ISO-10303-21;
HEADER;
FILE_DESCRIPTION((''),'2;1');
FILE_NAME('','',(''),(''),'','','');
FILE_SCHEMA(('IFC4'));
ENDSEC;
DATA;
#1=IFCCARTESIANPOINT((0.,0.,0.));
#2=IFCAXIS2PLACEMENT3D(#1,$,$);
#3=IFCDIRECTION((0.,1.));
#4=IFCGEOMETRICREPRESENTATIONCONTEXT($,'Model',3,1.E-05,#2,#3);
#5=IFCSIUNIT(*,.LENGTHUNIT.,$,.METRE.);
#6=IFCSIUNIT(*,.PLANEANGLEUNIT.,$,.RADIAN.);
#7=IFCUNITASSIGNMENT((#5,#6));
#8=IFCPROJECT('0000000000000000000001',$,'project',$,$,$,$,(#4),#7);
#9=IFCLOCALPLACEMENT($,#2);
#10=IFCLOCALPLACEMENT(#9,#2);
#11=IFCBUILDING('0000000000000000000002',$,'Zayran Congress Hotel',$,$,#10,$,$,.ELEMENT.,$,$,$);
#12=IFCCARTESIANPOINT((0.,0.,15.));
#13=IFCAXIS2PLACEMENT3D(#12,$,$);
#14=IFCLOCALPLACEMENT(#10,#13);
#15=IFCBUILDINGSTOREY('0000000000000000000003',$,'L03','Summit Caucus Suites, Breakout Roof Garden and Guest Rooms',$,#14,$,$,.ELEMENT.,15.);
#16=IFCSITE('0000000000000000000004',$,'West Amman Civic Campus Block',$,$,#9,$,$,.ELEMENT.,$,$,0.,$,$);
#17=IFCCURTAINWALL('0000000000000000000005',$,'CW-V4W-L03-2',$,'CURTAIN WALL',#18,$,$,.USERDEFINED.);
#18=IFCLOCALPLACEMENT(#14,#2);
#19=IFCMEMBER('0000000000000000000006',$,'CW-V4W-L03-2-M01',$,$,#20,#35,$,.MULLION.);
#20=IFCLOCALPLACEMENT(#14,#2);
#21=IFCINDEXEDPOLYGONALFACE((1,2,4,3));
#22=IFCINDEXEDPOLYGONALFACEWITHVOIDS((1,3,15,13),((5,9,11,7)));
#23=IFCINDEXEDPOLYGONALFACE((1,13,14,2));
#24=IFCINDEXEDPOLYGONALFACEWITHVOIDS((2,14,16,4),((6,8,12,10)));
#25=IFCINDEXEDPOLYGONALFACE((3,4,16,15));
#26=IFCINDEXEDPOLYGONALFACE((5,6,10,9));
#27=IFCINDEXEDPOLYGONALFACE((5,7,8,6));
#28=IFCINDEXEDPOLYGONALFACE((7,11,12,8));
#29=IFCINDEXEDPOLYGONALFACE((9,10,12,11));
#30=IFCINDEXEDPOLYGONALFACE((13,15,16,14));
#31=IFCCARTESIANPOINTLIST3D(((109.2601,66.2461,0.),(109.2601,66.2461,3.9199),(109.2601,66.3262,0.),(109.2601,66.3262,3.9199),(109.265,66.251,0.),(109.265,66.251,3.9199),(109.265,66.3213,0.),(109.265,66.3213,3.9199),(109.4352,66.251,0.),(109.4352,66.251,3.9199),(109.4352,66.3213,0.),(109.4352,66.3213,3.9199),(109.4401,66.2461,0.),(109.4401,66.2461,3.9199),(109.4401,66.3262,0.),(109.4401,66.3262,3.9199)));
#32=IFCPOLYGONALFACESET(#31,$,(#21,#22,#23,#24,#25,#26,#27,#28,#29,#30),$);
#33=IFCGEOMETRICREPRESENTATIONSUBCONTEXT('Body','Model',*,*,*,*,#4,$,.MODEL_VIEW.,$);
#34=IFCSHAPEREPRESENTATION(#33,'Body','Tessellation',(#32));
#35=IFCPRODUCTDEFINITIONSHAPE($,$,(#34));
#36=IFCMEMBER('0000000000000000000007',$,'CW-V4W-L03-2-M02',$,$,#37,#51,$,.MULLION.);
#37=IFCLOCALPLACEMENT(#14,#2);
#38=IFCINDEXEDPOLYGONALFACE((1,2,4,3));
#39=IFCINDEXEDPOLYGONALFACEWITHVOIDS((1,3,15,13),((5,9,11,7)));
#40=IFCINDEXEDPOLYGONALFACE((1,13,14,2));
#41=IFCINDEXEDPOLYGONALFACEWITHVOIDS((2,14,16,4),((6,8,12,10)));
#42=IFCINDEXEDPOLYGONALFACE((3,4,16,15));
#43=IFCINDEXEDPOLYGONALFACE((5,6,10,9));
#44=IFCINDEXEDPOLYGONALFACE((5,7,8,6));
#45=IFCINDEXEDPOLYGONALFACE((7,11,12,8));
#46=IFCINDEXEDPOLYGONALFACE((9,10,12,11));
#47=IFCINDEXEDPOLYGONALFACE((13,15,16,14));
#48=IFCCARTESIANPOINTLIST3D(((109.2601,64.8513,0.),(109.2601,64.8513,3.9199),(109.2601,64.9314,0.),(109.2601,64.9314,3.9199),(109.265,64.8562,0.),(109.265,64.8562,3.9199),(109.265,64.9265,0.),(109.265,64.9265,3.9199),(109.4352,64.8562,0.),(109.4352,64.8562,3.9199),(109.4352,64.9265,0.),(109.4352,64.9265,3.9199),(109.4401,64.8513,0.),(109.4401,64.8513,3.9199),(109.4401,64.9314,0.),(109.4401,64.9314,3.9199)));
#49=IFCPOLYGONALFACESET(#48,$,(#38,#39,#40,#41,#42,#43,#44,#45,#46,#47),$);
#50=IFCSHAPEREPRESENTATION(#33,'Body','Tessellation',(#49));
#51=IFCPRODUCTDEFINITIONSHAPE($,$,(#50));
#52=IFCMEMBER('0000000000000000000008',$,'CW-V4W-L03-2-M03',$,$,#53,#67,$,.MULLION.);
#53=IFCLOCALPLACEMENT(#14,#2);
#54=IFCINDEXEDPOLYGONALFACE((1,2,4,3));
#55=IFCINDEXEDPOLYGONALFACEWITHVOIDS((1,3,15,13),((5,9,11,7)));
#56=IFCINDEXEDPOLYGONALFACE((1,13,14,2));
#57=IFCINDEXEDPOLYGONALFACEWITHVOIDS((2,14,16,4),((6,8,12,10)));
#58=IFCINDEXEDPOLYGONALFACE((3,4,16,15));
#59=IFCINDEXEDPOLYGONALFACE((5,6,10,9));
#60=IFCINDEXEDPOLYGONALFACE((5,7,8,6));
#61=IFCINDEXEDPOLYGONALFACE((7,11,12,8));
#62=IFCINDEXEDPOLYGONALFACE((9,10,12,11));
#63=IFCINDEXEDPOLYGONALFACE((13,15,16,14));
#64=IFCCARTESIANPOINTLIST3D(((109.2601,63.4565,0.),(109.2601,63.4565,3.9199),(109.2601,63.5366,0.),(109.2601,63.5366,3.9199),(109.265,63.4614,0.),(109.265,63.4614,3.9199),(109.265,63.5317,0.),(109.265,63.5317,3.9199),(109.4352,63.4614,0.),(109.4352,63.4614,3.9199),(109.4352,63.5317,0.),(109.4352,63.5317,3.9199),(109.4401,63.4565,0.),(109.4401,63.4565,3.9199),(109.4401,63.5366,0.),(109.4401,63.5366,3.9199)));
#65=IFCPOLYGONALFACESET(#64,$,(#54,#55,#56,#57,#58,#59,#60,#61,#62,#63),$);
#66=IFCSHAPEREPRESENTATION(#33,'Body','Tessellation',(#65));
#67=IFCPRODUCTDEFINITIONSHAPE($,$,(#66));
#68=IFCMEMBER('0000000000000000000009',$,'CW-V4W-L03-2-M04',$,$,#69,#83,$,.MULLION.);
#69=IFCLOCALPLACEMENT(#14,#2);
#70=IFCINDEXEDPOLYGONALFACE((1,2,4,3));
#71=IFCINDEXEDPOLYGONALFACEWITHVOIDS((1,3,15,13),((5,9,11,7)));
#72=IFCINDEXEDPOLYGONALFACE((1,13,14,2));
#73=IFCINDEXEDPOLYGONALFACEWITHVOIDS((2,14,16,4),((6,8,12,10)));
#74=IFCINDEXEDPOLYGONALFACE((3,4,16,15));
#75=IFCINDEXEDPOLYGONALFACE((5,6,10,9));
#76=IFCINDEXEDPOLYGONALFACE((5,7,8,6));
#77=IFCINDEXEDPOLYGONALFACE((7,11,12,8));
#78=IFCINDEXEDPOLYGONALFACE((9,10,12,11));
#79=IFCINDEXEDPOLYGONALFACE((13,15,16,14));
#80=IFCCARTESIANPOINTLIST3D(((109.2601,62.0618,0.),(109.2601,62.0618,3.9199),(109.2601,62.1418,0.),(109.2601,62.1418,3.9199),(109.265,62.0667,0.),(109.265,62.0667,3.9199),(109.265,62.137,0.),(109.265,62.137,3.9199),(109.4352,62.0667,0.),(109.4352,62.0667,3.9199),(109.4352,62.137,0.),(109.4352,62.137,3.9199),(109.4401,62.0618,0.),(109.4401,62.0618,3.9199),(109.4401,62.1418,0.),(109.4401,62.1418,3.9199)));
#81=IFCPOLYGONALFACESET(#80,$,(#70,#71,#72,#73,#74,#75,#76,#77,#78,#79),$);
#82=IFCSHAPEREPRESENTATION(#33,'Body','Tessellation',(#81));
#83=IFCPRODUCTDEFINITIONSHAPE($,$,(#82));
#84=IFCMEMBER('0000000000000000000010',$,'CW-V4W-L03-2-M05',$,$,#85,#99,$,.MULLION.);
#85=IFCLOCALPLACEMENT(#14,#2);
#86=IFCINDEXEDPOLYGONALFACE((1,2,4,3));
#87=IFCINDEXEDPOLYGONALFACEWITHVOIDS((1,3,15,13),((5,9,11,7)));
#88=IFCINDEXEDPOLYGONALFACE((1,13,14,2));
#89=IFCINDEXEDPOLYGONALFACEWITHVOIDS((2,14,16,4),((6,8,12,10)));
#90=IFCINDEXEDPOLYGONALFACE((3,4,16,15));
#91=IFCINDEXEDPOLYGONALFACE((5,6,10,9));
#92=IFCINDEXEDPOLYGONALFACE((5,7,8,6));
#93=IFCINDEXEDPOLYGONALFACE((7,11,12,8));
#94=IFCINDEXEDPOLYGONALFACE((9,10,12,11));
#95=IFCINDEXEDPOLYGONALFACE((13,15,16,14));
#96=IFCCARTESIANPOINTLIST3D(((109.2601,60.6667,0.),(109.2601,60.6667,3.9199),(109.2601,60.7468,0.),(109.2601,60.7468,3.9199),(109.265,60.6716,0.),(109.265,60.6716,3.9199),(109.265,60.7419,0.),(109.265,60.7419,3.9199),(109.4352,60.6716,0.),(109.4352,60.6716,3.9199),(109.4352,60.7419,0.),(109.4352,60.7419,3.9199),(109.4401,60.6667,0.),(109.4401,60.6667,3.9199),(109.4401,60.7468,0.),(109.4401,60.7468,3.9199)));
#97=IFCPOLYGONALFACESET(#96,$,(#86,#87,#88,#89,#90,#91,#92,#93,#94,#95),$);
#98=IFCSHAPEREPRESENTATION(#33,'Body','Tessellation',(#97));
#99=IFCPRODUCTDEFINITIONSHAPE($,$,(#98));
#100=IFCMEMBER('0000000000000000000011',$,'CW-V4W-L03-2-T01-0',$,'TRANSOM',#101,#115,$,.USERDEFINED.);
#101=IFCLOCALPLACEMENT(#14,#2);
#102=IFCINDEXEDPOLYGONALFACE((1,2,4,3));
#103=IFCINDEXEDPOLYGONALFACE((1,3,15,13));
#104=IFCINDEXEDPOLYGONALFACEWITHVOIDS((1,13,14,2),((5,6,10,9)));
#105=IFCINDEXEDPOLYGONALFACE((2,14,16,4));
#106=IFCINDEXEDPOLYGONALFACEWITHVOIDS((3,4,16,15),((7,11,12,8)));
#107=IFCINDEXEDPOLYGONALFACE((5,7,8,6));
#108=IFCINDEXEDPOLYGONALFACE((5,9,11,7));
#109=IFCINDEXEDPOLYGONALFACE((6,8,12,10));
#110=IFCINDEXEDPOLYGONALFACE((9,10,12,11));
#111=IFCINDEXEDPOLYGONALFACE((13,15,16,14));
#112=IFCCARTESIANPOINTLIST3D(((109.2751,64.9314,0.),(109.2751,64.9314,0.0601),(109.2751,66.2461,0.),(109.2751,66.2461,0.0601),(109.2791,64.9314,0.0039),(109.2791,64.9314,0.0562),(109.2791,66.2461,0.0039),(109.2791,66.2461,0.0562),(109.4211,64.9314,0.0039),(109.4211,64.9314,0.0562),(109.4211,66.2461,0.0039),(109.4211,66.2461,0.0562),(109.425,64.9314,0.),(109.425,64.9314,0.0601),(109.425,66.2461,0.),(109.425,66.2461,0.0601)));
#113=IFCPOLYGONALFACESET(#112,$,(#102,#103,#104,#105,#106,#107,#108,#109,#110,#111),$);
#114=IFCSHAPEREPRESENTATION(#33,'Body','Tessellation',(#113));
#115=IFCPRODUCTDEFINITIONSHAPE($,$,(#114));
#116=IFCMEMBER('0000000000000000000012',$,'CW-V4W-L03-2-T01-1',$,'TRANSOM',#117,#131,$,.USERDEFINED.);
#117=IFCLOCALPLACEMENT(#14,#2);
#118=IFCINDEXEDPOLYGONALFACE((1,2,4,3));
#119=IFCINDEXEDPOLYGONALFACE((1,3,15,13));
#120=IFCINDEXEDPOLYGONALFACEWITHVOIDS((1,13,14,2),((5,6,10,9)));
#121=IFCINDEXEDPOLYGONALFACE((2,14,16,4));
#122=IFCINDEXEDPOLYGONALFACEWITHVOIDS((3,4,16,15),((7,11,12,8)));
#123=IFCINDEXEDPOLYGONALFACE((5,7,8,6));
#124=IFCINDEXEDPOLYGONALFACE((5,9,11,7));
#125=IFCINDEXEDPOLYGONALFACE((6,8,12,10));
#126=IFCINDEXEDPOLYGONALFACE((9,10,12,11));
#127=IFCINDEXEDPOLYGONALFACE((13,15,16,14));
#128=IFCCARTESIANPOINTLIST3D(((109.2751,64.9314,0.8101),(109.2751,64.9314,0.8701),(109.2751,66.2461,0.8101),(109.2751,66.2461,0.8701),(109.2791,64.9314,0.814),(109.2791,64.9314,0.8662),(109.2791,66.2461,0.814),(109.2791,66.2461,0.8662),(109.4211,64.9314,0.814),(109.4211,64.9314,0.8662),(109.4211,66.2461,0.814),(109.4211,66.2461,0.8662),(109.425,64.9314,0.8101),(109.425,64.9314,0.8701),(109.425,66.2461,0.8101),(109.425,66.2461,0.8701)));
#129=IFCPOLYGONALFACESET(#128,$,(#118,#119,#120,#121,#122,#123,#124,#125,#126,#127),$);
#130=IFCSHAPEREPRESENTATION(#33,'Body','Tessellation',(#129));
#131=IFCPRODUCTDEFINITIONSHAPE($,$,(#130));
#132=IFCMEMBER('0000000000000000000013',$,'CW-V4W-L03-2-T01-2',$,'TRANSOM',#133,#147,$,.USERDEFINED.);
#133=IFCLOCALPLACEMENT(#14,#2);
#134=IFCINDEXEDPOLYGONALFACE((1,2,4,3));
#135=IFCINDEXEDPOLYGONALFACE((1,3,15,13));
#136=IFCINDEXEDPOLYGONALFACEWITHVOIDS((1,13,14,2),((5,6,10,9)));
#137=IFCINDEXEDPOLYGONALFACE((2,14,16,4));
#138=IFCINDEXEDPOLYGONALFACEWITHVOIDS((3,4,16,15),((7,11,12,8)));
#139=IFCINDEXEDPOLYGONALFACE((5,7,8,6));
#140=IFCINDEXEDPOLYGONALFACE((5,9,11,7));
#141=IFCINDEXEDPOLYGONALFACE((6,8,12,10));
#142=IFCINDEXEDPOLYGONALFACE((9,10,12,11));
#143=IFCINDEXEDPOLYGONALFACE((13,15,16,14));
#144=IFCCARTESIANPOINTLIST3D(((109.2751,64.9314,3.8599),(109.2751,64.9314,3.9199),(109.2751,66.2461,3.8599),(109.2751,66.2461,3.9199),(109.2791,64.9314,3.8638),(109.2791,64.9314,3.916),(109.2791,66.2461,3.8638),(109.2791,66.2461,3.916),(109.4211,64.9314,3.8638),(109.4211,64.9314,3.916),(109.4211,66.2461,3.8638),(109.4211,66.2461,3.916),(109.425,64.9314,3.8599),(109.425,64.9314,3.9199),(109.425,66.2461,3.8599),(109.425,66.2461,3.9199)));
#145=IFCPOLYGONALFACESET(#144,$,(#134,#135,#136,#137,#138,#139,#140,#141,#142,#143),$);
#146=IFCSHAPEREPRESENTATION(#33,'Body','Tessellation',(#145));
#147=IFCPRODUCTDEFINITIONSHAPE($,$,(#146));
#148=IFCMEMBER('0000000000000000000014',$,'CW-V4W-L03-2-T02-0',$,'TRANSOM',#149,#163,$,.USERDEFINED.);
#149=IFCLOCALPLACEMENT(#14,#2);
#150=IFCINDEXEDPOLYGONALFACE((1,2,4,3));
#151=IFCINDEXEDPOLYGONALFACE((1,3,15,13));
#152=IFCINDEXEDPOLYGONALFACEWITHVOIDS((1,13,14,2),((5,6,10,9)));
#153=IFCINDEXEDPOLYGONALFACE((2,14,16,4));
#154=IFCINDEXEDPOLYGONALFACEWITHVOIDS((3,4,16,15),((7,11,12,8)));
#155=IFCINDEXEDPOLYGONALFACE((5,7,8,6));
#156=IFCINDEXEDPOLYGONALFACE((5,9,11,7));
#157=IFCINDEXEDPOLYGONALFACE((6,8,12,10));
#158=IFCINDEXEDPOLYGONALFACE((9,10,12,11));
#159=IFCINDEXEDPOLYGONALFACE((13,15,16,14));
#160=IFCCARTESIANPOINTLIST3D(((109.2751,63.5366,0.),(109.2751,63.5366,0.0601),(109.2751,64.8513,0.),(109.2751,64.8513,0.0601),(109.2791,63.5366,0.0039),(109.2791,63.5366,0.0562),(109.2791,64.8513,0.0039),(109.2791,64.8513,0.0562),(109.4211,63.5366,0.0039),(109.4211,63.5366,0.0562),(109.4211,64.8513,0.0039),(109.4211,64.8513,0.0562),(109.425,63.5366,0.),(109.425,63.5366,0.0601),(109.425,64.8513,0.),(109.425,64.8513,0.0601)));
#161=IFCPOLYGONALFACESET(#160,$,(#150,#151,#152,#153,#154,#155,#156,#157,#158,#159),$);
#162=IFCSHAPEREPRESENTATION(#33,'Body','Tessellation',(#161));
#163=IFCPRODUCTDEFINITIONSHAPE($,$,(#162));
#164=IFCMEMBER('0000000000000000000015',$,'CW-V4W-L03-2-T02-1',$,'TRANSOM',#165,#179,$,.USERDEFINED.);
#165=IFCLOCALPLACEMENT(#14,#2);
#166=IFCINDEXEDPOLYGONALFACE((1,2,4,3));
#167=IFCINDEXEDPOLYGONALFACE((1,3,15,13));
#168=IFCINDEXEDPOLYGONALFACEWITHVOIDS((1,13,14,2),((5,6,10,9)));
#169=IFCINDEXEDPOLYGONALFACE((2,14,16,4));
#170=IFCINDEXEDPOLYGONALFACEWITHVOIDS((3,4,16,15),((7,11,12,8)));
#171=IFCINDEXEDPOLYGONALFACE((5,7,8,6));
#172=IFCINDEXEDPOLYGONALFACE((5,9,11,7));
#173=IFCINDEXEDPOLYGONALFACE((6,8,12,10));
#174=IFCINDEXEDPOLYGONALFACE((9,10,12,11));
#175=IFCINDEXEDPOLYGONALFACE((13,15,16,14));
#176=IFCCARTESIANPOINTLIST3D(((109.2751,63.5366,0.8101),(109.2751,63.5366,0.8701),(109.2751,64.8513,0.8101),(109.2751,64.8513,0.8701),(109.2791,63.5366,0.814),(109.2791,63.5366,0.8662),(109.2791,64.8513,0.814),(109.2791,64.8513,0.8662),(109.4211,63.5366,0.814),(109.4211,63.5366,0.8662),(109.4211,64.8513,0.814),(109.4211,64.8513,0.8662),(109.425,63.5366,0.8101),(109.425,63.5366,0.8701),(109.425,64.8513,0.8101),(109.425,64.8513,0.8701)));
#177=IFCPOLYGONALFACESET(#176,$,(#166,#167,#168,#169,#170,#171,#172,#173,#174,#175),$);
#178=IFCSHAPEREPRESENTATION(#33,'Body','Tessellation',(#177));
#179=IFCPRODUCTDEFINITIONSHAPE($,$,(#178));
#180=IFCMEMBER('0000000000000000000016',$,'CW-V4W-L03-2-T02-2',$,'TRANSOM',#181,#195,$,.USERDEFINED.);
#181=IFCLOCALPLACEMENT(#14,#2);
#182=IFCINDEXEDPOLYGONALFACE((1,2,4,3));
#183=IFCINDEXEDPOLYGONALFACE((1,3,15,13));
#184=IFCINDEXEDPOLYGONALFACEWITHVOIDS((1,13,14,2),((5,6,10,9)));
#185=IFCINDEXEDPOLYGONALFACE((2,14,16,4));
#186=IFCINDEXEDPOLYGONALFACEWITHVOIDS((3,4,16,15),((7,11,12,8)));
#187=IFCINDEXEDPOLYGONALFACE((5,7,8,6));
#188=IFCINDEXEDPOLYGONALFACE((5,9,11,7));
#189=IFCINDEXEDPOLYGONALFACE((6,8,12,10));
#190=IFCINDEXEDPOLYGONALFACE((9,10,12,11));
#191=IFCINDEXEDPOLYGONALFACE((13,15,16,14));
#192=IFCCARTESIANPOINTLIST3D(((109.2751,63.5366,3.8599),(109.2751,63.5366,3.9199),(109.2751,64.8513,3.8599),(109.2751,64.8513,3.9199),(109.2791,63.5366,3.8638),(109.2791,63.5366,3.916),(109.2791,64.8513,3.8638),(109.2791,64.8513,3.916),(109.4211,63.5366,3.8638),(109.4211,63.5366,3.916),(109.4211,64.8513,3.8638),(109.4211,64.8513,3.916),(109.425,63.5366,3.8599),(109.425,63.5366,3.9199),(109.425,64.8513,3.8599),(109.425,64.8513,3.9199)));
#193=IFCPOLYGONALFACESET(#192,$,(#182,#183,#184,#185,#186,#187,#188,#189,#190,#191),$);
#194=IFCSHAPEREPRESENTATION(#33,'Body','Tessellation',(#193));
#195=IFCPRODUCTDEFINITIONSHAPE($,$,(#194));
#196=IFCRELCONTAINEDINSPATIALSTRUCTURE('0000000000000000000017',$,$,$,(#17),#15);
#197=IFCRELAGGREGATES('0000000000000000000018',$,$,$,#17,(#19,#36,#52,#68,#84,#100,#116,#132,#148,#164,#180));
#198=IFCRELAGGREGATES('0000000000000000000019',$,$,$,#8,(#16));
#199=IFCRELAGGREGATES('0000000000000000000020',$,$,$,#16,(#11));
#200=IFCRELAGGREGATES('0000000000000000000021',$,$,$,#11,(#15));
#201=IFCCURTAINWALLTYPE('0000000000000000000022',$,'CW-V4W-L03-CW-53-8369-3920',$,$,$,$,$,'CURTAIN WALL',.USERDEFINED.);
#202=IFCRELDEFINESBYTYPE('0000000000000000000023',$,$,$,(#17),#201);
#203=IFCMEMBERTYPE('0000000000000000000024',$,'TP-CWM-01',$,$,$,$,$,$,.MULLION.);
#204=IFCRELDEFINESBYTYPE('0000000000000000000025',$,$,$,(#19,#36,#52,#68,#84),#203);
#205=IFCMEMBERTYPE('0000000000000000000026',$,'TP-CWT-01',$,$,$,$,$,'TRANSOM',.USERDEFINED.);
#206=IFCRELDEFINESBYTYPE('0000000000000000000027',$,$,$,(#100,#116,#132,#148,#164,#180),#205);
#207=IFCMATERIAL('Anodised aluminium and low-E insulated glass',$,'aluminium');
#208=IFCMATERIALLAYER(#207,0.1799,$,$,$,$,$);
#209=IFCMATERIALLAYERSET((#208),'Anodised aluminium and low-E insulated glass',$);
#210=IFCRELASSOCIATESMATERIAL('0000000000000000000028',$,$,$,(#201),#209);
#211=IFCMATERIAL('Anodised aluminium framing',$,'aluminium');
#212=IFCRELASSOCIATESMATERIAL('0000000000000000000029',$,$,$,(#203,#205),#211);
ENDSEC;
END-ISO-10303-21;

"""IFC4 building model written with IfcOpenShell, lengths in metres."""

from ifc_helpers import new_model, si_unit, direction, frame, origin, origin_2d, place, context, subcontext, project, spatial, hollow_rectangle, extrude, material, layer, layer_set, material_profile, profile_set, type_object, element, aggregate, save


model = new_model("IFC4")

# Units and contexts
model_context = context("Model", 3, precision=1e-05, world=origin(), true_north=direction((0.0, 1.0)))
body_context = subcontext(model_context, "Body", "Model", "MODEL_VIEW")
ifc_project = project(units=[si_unit("LENGTHUNIT", "METRE"), si_unit("PLANEANGLEUNIT", "RADIAN")], contexts=[model_context])

# Site, building, storey
site_placement = place(None, origin())
site = spatial("IfcSite", under=ifc_project, at=site_placement, Name="West Amman Civic Campus Block", CompositionType="ELEMENT", RefElevation=0.0)
building_placement = place(site_placement, origin())
building = spatial("IfcBuilding", under=site, at=building_placement, Name="Zayran Congress Hotel", CompositionType="ELEMENT")
storey_placement = place(building_placement, frame((0.0, 0.0, 15.0)))
storey = spatial("IfcBuildingStorey", under=building, at=storey_placement, Name="L03", Description="Summit Caucus Suites, Breakout Roof Garden and Guest Rooms", CompositionType="ELEMENT", Elevation=15.0)

# Curtain wall, members
ifc_material_1 = material(Name="Anodised aluminium and low-E insulated glass", Category="aluminium")
ifc_layer_1 = layer(ifc_material_1, 0.1799)
ifc_layer_set_1 = layer_set([ifc_layer_1], Name="Anodised aluminium and low-E insulated glass")
curtain_wall_type = type_object("IfcCurtainWallType", Name="CW-V4W-L03-CW-53-8369-3920", ElementType="CURTAIN WALL", PredefinedType="USERDEFINED", material=ifc_layer_set_1)
curtain_wall_placement = place(storey_placement, origin())
curtain_wall = element("IfcCurtainWall", 1, at=curtain_wall_placement, inside=storey, type_object=curtain_wall_type, Name="CW-V4W-L03-2", ObjectType="CURTAIN WALL", PredefinedType="USERDEFINED")
ifc_material_2 = material(Name="Anodised aluminium framing", Category="aluminium")
ifc_material_profile_1 = material_profile(ifc_material_2, hollow_rectangle(XDim=0.0801, YDim=0.1799, WallThickness=0.0049, at=origin_2d()), Name="RHS 180x80x5")
ifc_profile_set_1 = profile_set([ifc_material_profile_1], Name="Anodised aluminium framing")
member_type_1 = type_object("IfcMemberType", Name="TP-CWM-01", PredefinedType="MULLION", material=ifc_profile_set_1)
member_1_placement = place(storey_placement, frame((109.3501, 66.2861, 0.0), z_axis=(0.0, 0.0, 1.0), x_axis=(0.0, 1.0, 0.0)))
member_1 = element("IfcMember", 2, at=member_1_placement, type_object=member_type_1, Name="CW-V4W-L03-2-M01", PredefinedType="MULLION", context=body_context, shape_type="SweptSolid", body=[
    extrude(hollow_rectangle(XDim=0.0801, YDim=0.1799, WallThickness=0.0049, at=origin_2d()), origin(), (0.0, 0.0, 1.0), 3.9199),
])
member_2_placement = place(storey_placement, frame((109.3501, 64.8914, 0.0), z_axis=(0.0, 0.0, 1.0), x_axis=(0.0, 1.0, 0.0)))
member_2 = element("IfcMember", 3, at=member_2_placement, type_object=member_type_1, Name="CW-V4W-L03-2-M02", PredefinedType="MULLION", context=body_context, shape_type="SweptSolid", body=[
    extrude(hollow_rectangle(XDim=0.0801, YDim=0.1799, WallThickness=0.0049, at=origin_2d()), origin(), (0.0, 0.0, 1.0), 3.9199),
])
member_3_placement = place(storey_placement, frame((109.3501, 63.4966, 0.0), z_axis=(0.0, 0.0, 1.0), x_axis=(0.0, 1.0, 0.0)))
member_3 = element("IfcMember", 4, at=member_3_placement, type_object=member_type_1, Name="CW-V4W-L03-2-M03", PredefinedType="MULLION", context=body_context, shape_type="SweptSolid", body=[
    extrude(hollow_rectangle(XDim=0.0801, YDim=0.1799, WallThickness=0.0049, at=origin_2d()), origin(), (0.0, 0.0, 1.0), 3.9199),
])
member_4_placement = place(storey_placement, frame((109.3501, 62.1018, 0.0), z_axis=(0.0, 0.0, 1.0), x_axis=(0.0, 1.0, 0.0)))
member_4 = element("IfcMember", 5, at=member_4_placement, type_object=member_type_1, Name="CW-V4W-L03-2-M04", PredefinedType="MULLION", context=body_context, shape_type="SweptSolid", body=[
    extrude(hollow_rectangle(XDim=0.0801, YDim=0.1799, WallThickness=0.0049, at=origin_2d()), origin(), (0.0, 0.0, 1.0), 3.9199),
])
member_5_placement = place(storey_placement, frame((109.3501, 60.7068, 0.0), z_axis=(0.0, 0.0, 1.0), x_axis=(0.0, 1.0, 0.0)))
member_5 = element("IfcMember", 6, at=member_5_placement, type_object=member_type_1, Name="CW-V4W-L03-2-M05", PredefinedType="MULLION", context=body_context, shape_type="SweptSolid", body=[
    extrude(hollow_rectangle(XDim=0.0801, YDim=0.1799, WallThickness=0.0049, at=origin_2d()), origin(), (0.0, 0.0, 1.0), 3.9199),
])
ifc_material_profile_2 = material_profile(ifc_material_2, hollow_rectangle(XDim=0.0601, YDim=0.1499, WallThickness=0.0039, at=origin_2d()), Name="RHS 150x60x4")
ifc_profile_set_2 = profile_set([ifc_material_profile_2], Name="Anodised aluminium framing")
member_type_2 = type_object("IfcMemberType", Name="TP-CWT-01", ElementType="TRANSOM", PredefinedType="USERDEFINED", material=ifc_profile_set_2)
member_6_placement = place(storey_placement, frame((109.3501, 66.2461, 0.03), z_axis=(0.0, -1.0, 0.0), x_axis=(0.0, 0.0, 1.0)))
member_6 = element("IfcMember", 7, at=member_6_placement, type_object=member_type_2, Name="CW-V4W-L03-2-T01-0", ObjectType="TRANSOM", PredefinedType="USERDEFINED", context=body_context, shape_type="SweptSolid", body=[
    extrude(hollow_rectangle(XDim=0.0601, YDim=0.1499, WallThickness=0.0039, at=origin_2d()), origin(), (0.0, 0.0, 1.0), 1.3147),
])
member_7_placement = place(storey_placement, frame((109.3501, 66.2461, 0.8401), z_axis=(0.0, -1.0, 0.0), x_axis=(0.0, 0.0, 1.0)))
member_7 = element("IfcMember", 8, at=member_7_placement, type_object=member_type_2, Name="CW-V4W-L03-2-T01-1", ObjectType="TRANSOM", PredefinedType="USERDEFINED", context=body_context, shape_type="SweptSolid", body=[
    extrude(hollow_rectangle(XDim=0.0601, YDim=0.1499, WallThickness=0.0039, at=origin_2d()), origin(), (0.0, 0.0, 1.0), 1.3147),
])
member_8_placement = place(storey_placement, frame((109.3501, 66.2461, 3.8899), z_axis=(0.0, -1.0, 0.0), x_axis=(0.0, 0.0, 1.0)))
member_8 = element("IfcMember", 9, at=member_8_placement, type_object=member_type_2, Name="CW-V4W-L03-2-T01-2", ObjectType="TRANSOM", PredefinedType="USERDEFINED", context=body_context, shape_type="SweptSolid", body=[
    extrude(hollow_rectangle(XDim=0.0601, YDim=0.1499, WallThickness=0.0039, at=origin_2d()), origin(), (0.0, 0.0, 1.0), 1.3147),
])
member_9_placement = place(storey_placement, frame((109.3501, 64.8513, 0.03), z_axis=(0.0, -1.0, 0.0), x_axis=(0.0, 0.0, 1.0)))
member_9 = element("IfcMember", 10, at=member_9_placement, type_object=member_type_2, Name="CW-V4W-L03-2-T02-0", ObjectType="TRANSOM", PredefinedType="USERDEFINED", context=body_context, shape_type="SweptSolid", body=[
    extrude(hollow_rectangle(XDim=0.0601, YDim=0.1499, WallThickness=0.0039, at=origin_2d()), origin(), (0.0, 0.0, 1.0), 1.3147),
])
member_10_placement = place(storey_placement, frame((109.3501, 64.8513, 0.8401), z_axis=(0.0, -1.0, 0.0), x_axis=(0.0, 0.0, 1.0)))
member_10 = element("IfcMember", 11, at=member_10_placement, type_object=member_type_2, Name="CW-V4W-L03-2-T02-1", ObjectType="TRANSOM", PredefinedType="USERDEFINED", context=body_context, shape_type="SweptSolid", body=[
    extrude(hollow_rectangle(XDim=0.0601, YDim=0.1499, WallThickness=0.0039, at=origin_2d()), origin(), (0.0, 0.0, 1.0), 1.3147),
])
member_11_placement = place(storey_placement, frame((109.3501, 64.8513, 3.8899), z_axis=(0.0, -1.0, 0.0), x_axis=(0.0, 0.0, 1.0)))
member_11 = element("IfcMember", 12, at=member_11_placement, type_object=member_type_2, Name="CW-V4W-L03-2-T02-2", ObjectType="TRANSOM", PredefinedType="USERDEFINED", context=body_context, shape_type="SweptSolid", body=[
    extrude(hollow_rectangle(XDim=0.0601, YDim=0.1499, WallThickness=0.0039, at=origin_2d()), origin(), (0.0, 0.0, 1.0), 1.3147),
])
aggregate(curtain_wall, [member_1, member_2, member_3, member_4, member_5, member_6, member_7, member_8, member_9, member_10, member_11])

save(model, "model.ifc")
